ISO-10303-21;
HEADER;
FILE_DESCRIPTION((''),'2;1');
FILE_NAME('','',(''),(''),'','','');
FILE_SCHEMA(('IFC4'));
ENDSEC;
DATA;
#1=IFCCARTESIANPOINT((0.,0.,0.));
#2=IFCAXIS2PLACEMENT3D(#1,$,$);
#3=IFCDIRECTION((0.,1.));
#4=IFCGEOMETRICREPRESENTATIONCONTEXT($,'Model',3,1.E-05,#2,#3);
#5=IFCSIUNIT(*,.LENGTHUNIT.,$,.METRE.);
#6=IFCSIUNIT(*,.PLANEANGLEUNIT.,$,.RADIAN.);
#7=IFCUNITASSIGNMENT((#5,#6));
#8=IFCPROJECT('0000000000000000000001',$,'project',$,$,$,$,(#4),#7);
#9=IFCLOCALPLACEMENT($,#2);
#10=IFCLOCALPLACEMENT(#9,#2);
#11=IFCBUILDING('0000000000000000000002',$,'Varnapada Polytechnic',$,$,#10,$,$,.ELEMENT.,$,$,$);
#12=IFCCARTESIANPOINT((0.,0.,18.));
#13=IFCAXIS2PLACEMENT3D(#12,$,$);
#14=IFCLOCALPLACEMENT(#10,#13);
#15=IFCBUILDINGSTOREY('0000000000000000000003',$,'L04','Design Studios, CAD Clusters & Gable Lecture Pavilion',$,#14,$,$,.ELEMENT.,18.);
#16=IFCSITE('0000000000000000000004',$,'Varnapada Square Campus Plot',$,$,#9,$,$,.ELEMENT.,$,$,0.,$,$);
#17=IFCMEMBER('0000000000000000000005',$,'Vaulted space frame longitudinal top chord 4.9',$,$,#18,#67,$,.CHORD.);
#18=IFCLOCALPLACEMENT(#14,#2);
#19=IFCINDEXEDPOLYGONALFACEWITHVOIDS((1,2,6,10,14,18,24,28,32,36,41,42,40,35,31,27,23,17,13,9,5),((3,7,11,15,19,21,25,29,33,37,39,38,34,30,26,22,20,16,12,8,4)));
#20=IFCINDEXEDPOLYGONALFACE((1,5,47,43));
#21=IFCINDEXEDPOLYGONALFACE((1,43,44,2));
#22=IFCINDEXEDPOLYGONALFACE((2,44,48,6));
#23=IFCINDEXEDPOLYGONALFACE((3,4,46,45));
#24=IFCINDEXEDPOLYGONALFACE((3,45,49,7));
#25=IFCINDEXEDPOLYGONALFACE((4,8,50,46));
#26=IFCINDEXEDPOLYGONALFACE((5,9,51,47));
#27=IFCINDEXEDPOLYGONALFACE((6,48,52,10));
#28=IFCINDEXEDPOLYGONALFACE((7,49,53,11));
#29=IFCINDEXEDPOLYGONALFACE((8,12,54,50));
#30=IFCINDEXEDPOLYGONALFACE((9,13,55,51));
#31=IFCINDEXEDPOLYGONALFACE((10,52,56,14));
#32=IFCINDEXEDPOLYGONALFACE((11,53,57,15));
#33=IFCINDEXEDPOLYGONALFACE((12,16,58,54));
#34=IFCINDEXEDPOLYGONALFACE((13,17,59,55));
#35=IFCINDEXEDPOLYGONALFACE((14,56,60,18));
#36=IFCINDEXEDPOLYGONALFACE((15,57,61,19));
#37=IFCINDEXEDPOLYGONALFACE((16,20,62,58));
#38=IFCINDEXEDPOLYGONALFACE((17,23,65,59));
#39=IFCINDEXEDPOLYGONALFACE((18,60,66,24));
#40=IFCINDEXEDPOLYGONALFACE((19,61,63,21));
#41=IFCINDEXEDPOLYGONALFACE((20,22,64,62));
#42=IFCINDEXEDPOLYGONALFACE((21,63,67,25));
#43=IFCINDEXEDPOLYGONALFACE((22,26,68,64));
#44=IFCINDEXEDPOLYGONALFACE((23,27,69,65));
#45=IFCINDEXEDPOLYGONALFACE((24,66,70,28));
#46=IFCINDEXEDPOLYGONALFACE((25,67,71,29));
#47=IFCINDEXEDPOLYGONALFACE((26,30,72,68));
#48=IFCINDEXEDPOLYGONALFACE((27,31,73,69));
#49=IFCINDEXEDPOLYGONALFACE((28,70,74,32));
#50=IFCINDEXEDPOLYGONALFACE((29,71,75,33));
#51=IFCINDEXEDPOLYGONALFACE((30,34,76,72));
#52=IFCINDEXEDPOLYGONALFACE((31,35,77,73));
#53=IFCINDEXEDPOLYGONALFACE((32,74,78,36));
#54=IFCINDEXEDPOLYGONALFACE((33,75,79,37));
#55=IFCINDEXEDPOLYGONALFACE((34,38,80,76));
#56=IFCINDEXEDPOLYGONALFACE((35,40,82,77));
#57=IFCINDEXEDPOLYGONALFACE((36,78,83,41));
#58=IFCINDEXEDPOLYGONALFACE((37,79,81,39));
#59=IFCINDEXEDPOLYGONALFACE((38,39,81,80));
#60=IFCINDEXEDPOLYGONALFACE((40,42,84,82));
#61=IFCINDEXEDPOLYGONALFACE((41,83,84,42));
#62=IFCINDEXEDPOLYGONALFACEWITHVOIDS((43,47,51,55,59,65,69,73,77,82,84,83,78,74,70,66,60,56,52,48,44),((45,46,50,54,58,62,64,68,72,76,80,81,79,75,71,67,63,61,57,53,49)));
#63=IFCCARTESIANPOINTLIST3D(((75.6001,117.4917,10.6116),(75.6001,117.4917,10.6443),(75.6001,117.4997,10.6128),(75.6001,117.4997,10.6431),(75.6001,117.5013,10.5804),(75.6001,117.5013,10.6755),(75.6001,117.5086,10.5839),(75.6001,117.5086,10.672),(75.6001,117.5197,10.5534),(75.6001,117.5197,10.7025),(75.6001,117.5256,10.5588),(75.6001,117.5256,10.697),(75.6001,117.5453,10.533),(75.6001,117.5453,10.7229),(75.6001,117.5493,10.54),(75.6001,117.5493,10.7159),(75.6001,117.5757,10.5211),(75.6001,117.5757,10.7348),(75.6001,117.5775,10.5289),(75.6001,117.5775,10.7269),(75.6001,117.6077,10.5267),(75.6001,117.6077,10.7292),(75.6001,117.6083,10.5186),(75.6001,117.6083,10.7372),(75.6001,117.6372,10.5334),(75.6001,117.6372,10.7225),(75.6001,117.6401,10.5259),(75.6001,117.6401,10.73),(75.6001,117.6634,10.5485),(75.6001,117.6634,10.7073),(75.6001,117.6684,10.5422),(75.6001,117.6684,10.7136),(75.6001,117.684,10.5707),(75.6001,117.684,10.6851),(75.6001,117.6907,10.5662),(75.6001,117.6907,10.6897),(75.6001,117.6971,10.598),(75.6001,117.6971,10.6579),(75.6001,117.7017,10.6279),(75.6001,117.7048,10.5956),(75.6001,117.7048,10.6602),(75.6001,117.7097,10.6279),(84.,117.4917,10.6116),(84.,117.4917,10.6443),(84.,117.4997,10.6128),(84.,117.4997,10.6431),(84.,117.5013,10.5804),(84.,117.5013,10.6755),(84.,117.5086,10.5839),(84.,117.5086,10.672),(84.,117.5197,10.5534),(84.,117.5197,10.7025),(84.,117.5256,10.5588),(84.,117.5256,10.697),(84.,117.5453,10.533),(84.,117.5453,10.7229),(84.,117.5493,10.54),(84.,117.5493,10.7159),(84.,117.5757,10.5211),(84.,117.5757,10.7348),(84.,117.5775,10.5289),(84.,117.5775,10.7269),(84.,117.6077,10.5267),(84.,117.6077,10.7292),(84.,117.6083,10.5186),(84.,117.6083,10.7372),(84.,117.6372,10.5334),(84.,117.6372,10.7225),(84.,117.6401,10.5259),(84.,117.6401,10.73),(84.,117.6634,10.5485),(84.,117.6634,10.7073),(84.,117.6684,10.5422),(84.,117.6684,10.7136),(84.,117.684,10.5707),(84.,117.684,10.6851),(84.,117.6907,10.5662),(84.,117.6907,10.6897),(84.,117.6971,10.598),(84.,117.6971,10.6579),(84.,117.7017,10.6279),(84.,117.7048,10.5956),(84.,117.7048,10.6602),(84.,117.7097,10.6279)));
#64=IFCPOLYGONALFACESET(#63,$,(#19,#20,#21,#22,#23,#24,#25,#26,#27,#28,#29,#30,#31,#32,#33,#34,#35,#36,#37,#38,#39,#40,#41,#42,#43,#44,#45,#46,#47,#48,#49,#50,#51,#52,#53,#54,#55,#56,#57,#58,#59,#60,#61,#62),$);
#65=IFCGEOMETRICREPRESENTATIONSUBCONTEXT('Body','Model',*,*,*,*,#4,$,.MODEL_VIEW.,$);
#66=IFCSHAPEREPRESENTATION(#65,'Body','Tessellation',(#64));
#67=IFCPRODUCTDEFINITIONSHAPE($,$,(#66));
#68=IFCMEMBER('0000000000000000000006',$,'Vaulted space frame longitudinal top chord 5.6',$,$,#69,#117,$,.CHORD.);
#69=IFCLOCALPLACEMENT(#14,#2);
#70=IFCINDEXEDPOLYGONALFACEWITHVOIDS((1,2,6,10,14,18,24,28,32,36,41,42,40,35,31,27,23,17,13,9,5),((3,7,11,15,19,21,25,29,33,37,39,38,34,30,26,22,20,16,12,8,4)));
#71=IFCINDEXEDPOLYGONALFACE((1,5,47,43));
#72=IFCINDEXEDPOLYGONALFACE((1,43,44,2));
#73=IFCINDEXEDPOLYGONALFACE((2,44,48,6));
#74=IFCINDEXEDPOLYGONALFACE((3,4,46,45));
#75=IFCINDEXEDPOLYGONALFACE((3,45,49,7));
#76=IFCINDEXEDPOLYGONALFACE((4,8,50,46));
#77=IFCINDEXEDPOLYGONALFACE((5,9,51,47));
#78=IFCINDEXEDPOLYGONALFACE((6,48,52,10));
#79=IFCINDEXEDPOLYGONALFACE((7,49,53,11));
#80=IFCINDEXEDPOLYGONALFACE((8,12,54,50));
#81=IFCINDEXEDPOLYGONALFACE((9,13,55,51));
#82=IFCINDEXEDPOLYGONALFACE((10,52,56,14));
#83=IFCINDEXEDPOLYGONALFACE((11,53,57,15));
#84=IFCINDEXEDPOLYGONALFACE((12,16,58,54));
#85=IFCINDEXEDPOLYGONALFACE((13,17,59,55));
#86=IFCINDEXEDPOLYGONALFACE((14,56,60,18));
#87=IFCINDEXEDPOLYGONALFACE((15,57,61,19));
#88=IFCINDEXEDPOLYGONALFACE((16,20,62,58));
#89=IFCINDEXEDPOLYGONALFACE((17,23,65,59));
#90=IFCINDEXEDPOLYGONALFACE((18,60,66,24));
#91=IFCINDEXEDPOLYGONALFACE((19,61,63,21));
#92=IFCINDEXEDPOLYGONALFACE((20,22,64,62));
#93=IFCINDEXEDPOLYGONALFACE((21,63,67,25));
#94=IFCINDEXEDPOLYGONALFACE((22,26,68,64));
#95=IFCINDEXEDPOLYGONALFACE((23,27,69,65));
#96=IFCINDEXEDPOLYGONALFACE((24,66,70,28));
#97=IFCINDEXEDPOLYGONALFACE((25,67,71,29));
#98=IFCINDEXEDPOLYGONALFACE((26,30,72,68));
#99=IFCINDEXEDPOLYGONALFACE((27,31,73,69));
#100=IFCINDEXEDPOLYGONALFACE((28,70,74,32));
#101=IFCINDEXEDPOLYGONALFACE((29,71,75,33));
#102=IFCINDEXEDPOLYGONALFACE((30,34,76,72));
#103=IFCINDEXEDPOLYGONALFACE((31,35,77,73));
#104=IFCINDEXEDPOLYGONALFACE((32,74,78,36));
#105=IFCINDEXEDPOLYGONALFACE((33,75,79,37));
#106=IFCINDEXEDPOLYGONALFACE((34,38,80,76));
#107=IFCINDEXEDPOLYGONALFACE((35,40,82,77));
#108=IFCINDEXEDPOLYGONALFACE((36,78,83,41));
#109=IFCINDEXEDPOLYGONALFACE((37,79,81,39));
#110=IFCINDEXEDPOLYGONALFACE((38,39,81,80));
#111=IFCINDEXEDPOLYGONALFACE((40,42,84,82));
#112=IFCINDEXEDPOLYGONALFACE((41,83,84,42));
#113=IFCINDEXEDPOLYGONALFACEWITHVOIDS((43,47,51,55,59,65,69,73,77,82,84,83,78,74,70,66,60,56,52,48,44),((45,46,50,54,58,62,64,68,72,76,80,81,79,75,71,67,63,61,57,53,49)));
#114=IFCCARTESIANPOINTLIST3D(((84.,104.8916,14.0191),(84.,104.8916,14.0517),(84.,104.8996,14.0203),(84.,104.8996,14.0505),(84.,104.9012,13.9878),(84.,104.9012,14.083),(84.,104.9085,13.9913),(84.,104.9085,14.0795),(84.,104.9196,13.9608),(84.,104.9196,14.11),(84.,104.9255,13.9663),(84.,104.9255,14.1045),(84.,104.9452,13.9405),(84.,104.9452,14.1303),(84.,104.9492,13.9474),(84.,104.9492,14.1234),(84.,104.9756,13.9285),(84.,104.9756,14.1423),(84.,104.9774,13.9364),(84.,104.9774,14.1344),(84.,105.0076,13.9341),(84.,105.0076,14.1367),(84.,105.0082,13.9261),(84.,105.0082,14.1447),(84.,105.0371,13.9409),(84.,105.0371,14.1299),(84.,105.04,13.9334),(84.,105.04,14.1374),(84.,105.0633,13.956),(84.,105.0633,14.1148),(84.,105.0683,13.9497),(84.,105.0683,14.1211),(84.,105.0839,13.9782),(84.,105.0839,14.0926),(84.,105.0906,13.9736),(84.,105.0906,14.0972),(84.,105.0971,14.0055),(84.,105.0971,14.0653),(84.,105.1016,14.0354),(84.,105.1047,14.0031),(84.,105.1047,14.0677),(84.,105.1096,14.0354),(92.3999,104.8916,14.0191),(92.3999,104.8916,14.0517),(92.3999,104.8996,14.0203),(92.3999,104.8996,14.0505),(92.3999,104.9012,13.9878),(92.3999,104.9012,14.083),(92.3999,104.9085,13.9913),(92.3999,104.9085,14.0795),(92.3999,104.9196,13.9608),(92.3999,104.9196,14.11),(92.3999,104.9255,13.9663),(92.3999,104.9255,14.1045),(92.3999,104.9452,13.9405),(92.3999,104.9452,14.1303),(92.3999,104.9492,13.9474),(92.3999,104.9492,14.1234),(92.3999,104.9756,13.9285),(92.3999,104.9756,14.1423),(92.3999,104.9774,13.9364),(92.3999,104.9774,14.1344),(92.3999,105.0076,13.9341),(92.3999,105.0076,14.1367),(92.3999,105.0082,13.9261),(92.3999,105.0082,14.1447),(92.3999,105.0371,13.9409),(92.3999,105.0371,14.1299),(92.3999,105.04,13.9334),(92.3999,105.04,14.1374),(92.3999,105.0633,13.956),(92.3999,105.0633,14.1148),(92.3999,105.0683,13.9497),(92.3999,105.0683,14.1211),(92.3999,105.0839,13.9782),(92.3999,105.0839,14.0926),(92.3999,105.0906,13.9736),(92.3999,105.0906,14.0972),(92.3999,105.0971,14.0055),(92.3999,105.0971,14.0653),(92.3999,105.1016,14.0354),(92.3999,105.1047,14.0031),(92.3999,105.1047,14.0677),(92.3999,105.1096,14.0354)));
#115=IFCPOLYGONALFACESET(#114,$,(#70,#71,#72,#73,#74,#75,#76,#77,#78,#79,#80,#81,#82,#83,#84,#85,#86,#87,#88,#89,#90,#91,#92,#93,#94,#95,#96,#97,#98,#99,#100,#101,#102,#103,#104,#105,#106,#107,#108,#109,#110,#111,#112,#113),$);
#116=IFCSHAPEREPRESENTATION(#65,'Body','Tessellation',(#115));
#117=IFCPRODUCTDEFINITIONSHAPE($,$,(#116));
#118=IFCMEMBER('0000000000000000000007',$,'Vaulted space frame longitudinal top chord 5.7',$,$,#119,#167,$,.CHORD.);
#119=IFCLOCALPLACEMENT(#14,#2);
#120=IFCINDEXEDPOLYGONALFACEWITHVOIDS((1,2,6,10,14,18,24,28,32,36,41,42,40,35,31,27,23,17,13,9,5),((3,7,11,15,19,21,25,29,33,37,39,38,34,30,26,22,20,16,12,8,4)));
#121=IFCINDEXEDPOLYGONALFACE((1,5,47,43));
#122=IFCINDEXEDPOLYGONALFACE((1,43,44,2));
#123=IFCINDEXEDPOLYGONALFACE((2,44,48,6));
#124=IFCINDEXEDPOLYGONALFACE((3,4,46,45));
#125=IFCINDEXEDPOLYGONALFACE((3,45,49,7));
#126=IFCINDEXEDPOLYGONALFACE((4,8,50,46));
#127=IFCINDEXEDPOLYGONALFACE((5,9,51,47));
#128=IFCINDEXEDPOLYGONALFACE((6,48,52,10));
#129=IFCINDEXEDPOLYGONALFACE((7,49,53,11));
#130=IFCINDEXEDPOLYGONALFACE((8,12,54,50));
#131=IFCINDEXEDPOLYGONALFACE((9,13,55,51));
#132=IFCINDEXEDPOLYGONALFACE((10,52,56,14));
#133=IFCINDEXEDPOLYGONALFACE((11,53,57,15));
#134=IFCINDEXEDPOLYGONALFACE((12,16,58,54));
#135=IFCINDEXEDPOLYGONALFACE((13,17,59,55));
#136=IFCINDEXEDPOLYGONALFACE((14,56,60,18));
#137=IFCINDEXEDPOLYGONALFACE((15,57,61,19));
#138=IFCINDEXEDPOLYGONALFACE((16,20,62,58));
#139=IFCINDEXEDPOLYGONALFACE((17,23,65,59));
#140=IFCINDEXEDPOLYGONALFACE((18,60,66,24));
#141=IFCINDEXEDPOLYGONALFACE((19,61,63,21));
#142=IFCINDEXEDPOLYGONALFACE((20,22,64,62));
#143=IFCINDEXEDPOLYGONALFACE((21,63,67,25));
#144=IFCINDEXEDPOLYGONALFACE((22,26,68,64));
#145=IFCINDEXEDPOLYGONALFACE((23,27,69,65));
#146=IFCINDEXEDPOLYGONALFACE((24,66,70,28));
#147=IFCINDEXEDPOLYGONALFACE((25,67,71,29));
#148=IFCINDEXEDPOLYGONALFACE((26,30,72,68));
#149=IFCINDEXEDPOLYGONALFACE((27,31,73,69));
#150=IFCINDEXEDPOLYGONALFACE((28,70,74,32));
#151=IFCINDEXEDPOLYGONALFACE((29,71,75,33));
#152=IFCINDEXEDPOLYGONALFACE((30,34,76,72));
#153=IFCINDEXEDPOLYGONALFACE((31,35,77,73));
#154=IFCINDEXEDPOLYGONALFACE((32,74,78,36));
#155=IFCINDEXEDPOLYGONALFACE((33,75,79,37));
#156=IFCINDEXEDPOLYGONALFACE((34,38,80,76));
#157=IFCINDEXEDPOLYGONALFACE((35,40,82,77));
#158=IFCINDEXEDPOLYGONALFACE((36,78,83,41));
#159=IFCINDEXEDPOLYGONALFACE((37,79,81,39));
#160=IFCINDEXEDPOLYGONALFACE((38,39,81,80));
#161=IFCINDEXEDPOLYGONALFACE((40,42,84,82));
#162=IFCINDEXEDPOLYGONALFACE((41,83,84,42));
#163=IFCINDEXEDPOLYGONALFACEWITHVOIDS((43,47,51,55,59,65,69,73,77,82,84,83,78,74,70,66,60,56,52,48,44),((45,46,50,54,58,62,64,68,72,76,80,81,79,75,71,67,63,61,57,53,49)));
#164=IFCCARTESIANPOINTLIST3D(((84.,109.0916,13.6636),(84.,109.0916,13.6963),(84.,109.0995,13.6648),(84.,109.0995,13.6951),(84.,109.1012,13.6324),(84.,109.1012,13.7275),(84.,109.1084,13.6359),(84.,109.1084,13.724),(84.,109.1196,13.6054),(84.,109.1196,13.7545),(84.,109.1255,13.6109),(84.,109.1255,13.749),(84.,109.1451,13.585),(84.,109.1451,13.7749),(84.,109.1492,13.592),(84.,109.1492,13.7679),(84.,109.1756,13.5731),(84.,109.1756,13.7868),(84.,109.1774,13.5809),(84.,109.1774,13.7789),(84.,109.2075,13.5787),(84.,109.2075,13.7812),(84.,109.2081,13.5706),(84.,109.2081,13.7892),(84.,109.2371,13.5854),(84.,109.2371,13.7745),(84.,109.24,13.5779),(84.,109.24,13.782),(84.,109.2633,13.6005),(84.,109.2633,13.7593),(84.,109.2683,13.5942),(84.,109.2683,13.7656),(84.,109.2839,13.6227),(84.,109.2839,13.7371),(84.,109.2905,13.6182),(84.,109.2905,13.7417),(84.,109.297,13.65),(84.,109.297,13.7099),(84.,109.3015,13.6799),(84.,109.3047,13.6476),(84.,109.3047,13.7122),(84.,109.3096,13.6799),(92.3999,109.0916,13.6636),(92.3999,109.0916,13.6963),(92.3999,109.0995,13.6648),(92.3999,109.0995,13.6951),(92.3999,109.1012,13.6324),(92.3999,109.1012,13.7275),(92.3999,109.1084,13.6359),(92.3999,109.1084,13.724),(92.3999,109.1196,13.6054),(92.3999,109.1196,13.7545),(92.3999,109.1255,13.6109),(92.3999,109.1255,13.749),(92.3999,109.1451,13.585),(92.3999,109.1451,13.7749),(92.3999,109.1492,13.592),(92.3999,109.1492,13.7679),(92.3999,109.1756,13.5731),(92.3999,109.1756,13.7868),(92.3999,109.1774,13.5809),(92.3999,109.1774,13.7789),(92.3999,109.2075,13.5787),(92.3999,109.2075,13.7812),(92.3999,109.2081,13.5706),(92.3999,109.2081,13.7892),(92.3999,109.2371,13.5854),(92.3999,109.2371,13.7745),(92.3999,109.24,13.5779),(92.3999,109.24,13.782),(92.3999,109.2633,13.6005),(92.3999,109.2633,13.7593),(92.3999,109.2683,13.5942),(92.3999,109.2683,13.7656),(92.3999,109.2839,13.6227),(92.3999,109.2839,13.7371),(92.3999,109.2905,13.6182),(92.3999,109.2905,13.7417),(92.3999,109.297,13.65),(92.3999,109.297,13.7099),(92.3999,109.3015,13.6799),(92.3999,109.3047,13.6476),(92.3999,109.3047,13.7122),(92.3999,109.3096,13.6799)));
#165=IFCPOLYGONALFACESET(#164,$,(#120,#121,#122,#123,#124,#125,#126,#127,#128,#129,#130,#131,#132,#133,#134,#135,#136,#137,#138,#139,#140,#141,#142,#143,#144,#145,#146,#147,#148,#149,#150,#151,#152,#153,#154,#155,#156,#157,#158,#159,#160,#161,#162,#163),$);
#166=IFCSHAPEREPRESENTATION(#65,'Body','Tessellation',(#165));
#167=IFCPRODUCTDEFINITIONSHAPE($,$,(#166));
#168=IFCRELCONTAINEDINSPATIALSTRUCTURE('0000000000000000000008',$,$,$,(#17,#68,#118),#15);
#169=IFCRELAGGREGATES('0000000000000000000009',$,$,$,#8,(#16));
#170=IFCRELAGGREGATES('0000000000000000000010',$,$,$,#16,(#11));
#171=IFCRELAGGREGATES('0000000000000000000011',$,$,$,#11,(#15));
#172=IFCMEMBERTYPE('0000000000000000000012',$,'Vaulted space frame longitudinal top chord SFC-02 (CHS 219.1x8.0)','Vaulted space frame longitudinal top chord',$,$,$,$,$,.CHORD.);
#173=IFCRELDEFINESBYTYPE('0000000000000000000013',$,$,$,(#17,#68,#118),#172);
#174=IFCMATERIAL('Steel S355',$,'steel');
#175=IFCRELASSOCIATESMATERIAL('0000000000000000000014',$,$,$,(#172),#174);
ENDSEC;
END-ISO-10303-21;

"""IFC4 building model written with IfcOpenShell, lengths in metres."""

from ifc_helpers import new_model, si_unit, direction, frame, origin, origin_2d, place, context, subcontext, project, spatial, hollow_circle, extrude, material, material_profile, profile_set, type_object, element, save


model = new_model("IFC4")

# Units and contexts
model_context = context("Model", 3, precision=1e-05, world=origin(), true_north=direction((0.0, 1.0)))
body_context = subcontext(model_context, "Body", "Model", "MODEL_VIEW")
ifc_project = project(units=[si_unit("LENGTHUNIT", "METRE"), si_unit("PLANEANGLEUNIT", "RADIAN")], contexts=[model_context])

# Site, building, storey
site_placement = place(None, origin())
site = spatial("IfcSite", under=ifc_project, at=site_placement, Name="Varnapada Square Campus Plot", CompositionType="ELEMENT", RefElevation=0.0)
building_placement = place(site_placement, origin())
building = spatial("IfcBuilding", under=site, at=building_placement, Name="Varnapada Polytechnic", CompositionType="ELEMENT")
storey_placement = place(building_placement, frame((0.0, 0.0, 18.0)))
storey = spatial("IfcBuildingStorey", under=building, at=storey_placement, Name="L04", Description="Design Studios, CAD Clusters & Gable Lecture Pavilion", CompositionType="ELEMENT", Elevation=18.0)

# Members
ifc_material = material(Name="Steel S355", Category="steel")
ifc_material_profile_1 = material_profile(ifc_material, hollow_circle(Radius=0.1096, WallThickness=0.0081, at=origin_2d()), Name="CHS 219.1x8.0")
ifc_profile_set_1 = profile_set([ifc_material_profile_1], Name="Steel S355")
member_type_1 = type_object("IfcMemberType", Name="Vaulted space frame longitudinal top chord SFC-02 (CHS 219.1x8.0)", Description="Vaulted space frame longitudinal top chord", PredefinedType="CHORD", material=ifc_profile_set_1)
for number, where, z_axis, x_axis, name in (
    (1, (75.6001, 117.6001, 10.6279), (1.0, 0.0, 0.0), (0.0, 1.0, 0.0), "Vaulted space frame longitudinal top chord 4.9"),
    (2, (84.0, 105.0, 14.0354), (1.0, 0.0, 0.0), (0.0, 1.0, 0.0), "Vaulted space frame longitudinal top chord 5.6"),
    (3, (84.0, 109.2, 13.6799), (1.0, 0.0, 0.0), (0.0, 1.0, 0.0), "Vaulted space frame longitudinal top chord 5.7"),
):
    element("IfcMember", number, at=place(storey_placement, frame(where, z_axis=z_axis, x_axis=x_axis)), inside=storey, type_object=member_type_1, Name=name, PredefinedType="CHORD", context=body_context, shape_type="SweptSolid", body=[
        extrude(hollow_circle(Radius=0.1096, WallThickness=0.0081, at=origin_2d()), origin(), (0.0, 0.0, 1.0), 8.3999),
    ])

save(model, "model.ifc")
